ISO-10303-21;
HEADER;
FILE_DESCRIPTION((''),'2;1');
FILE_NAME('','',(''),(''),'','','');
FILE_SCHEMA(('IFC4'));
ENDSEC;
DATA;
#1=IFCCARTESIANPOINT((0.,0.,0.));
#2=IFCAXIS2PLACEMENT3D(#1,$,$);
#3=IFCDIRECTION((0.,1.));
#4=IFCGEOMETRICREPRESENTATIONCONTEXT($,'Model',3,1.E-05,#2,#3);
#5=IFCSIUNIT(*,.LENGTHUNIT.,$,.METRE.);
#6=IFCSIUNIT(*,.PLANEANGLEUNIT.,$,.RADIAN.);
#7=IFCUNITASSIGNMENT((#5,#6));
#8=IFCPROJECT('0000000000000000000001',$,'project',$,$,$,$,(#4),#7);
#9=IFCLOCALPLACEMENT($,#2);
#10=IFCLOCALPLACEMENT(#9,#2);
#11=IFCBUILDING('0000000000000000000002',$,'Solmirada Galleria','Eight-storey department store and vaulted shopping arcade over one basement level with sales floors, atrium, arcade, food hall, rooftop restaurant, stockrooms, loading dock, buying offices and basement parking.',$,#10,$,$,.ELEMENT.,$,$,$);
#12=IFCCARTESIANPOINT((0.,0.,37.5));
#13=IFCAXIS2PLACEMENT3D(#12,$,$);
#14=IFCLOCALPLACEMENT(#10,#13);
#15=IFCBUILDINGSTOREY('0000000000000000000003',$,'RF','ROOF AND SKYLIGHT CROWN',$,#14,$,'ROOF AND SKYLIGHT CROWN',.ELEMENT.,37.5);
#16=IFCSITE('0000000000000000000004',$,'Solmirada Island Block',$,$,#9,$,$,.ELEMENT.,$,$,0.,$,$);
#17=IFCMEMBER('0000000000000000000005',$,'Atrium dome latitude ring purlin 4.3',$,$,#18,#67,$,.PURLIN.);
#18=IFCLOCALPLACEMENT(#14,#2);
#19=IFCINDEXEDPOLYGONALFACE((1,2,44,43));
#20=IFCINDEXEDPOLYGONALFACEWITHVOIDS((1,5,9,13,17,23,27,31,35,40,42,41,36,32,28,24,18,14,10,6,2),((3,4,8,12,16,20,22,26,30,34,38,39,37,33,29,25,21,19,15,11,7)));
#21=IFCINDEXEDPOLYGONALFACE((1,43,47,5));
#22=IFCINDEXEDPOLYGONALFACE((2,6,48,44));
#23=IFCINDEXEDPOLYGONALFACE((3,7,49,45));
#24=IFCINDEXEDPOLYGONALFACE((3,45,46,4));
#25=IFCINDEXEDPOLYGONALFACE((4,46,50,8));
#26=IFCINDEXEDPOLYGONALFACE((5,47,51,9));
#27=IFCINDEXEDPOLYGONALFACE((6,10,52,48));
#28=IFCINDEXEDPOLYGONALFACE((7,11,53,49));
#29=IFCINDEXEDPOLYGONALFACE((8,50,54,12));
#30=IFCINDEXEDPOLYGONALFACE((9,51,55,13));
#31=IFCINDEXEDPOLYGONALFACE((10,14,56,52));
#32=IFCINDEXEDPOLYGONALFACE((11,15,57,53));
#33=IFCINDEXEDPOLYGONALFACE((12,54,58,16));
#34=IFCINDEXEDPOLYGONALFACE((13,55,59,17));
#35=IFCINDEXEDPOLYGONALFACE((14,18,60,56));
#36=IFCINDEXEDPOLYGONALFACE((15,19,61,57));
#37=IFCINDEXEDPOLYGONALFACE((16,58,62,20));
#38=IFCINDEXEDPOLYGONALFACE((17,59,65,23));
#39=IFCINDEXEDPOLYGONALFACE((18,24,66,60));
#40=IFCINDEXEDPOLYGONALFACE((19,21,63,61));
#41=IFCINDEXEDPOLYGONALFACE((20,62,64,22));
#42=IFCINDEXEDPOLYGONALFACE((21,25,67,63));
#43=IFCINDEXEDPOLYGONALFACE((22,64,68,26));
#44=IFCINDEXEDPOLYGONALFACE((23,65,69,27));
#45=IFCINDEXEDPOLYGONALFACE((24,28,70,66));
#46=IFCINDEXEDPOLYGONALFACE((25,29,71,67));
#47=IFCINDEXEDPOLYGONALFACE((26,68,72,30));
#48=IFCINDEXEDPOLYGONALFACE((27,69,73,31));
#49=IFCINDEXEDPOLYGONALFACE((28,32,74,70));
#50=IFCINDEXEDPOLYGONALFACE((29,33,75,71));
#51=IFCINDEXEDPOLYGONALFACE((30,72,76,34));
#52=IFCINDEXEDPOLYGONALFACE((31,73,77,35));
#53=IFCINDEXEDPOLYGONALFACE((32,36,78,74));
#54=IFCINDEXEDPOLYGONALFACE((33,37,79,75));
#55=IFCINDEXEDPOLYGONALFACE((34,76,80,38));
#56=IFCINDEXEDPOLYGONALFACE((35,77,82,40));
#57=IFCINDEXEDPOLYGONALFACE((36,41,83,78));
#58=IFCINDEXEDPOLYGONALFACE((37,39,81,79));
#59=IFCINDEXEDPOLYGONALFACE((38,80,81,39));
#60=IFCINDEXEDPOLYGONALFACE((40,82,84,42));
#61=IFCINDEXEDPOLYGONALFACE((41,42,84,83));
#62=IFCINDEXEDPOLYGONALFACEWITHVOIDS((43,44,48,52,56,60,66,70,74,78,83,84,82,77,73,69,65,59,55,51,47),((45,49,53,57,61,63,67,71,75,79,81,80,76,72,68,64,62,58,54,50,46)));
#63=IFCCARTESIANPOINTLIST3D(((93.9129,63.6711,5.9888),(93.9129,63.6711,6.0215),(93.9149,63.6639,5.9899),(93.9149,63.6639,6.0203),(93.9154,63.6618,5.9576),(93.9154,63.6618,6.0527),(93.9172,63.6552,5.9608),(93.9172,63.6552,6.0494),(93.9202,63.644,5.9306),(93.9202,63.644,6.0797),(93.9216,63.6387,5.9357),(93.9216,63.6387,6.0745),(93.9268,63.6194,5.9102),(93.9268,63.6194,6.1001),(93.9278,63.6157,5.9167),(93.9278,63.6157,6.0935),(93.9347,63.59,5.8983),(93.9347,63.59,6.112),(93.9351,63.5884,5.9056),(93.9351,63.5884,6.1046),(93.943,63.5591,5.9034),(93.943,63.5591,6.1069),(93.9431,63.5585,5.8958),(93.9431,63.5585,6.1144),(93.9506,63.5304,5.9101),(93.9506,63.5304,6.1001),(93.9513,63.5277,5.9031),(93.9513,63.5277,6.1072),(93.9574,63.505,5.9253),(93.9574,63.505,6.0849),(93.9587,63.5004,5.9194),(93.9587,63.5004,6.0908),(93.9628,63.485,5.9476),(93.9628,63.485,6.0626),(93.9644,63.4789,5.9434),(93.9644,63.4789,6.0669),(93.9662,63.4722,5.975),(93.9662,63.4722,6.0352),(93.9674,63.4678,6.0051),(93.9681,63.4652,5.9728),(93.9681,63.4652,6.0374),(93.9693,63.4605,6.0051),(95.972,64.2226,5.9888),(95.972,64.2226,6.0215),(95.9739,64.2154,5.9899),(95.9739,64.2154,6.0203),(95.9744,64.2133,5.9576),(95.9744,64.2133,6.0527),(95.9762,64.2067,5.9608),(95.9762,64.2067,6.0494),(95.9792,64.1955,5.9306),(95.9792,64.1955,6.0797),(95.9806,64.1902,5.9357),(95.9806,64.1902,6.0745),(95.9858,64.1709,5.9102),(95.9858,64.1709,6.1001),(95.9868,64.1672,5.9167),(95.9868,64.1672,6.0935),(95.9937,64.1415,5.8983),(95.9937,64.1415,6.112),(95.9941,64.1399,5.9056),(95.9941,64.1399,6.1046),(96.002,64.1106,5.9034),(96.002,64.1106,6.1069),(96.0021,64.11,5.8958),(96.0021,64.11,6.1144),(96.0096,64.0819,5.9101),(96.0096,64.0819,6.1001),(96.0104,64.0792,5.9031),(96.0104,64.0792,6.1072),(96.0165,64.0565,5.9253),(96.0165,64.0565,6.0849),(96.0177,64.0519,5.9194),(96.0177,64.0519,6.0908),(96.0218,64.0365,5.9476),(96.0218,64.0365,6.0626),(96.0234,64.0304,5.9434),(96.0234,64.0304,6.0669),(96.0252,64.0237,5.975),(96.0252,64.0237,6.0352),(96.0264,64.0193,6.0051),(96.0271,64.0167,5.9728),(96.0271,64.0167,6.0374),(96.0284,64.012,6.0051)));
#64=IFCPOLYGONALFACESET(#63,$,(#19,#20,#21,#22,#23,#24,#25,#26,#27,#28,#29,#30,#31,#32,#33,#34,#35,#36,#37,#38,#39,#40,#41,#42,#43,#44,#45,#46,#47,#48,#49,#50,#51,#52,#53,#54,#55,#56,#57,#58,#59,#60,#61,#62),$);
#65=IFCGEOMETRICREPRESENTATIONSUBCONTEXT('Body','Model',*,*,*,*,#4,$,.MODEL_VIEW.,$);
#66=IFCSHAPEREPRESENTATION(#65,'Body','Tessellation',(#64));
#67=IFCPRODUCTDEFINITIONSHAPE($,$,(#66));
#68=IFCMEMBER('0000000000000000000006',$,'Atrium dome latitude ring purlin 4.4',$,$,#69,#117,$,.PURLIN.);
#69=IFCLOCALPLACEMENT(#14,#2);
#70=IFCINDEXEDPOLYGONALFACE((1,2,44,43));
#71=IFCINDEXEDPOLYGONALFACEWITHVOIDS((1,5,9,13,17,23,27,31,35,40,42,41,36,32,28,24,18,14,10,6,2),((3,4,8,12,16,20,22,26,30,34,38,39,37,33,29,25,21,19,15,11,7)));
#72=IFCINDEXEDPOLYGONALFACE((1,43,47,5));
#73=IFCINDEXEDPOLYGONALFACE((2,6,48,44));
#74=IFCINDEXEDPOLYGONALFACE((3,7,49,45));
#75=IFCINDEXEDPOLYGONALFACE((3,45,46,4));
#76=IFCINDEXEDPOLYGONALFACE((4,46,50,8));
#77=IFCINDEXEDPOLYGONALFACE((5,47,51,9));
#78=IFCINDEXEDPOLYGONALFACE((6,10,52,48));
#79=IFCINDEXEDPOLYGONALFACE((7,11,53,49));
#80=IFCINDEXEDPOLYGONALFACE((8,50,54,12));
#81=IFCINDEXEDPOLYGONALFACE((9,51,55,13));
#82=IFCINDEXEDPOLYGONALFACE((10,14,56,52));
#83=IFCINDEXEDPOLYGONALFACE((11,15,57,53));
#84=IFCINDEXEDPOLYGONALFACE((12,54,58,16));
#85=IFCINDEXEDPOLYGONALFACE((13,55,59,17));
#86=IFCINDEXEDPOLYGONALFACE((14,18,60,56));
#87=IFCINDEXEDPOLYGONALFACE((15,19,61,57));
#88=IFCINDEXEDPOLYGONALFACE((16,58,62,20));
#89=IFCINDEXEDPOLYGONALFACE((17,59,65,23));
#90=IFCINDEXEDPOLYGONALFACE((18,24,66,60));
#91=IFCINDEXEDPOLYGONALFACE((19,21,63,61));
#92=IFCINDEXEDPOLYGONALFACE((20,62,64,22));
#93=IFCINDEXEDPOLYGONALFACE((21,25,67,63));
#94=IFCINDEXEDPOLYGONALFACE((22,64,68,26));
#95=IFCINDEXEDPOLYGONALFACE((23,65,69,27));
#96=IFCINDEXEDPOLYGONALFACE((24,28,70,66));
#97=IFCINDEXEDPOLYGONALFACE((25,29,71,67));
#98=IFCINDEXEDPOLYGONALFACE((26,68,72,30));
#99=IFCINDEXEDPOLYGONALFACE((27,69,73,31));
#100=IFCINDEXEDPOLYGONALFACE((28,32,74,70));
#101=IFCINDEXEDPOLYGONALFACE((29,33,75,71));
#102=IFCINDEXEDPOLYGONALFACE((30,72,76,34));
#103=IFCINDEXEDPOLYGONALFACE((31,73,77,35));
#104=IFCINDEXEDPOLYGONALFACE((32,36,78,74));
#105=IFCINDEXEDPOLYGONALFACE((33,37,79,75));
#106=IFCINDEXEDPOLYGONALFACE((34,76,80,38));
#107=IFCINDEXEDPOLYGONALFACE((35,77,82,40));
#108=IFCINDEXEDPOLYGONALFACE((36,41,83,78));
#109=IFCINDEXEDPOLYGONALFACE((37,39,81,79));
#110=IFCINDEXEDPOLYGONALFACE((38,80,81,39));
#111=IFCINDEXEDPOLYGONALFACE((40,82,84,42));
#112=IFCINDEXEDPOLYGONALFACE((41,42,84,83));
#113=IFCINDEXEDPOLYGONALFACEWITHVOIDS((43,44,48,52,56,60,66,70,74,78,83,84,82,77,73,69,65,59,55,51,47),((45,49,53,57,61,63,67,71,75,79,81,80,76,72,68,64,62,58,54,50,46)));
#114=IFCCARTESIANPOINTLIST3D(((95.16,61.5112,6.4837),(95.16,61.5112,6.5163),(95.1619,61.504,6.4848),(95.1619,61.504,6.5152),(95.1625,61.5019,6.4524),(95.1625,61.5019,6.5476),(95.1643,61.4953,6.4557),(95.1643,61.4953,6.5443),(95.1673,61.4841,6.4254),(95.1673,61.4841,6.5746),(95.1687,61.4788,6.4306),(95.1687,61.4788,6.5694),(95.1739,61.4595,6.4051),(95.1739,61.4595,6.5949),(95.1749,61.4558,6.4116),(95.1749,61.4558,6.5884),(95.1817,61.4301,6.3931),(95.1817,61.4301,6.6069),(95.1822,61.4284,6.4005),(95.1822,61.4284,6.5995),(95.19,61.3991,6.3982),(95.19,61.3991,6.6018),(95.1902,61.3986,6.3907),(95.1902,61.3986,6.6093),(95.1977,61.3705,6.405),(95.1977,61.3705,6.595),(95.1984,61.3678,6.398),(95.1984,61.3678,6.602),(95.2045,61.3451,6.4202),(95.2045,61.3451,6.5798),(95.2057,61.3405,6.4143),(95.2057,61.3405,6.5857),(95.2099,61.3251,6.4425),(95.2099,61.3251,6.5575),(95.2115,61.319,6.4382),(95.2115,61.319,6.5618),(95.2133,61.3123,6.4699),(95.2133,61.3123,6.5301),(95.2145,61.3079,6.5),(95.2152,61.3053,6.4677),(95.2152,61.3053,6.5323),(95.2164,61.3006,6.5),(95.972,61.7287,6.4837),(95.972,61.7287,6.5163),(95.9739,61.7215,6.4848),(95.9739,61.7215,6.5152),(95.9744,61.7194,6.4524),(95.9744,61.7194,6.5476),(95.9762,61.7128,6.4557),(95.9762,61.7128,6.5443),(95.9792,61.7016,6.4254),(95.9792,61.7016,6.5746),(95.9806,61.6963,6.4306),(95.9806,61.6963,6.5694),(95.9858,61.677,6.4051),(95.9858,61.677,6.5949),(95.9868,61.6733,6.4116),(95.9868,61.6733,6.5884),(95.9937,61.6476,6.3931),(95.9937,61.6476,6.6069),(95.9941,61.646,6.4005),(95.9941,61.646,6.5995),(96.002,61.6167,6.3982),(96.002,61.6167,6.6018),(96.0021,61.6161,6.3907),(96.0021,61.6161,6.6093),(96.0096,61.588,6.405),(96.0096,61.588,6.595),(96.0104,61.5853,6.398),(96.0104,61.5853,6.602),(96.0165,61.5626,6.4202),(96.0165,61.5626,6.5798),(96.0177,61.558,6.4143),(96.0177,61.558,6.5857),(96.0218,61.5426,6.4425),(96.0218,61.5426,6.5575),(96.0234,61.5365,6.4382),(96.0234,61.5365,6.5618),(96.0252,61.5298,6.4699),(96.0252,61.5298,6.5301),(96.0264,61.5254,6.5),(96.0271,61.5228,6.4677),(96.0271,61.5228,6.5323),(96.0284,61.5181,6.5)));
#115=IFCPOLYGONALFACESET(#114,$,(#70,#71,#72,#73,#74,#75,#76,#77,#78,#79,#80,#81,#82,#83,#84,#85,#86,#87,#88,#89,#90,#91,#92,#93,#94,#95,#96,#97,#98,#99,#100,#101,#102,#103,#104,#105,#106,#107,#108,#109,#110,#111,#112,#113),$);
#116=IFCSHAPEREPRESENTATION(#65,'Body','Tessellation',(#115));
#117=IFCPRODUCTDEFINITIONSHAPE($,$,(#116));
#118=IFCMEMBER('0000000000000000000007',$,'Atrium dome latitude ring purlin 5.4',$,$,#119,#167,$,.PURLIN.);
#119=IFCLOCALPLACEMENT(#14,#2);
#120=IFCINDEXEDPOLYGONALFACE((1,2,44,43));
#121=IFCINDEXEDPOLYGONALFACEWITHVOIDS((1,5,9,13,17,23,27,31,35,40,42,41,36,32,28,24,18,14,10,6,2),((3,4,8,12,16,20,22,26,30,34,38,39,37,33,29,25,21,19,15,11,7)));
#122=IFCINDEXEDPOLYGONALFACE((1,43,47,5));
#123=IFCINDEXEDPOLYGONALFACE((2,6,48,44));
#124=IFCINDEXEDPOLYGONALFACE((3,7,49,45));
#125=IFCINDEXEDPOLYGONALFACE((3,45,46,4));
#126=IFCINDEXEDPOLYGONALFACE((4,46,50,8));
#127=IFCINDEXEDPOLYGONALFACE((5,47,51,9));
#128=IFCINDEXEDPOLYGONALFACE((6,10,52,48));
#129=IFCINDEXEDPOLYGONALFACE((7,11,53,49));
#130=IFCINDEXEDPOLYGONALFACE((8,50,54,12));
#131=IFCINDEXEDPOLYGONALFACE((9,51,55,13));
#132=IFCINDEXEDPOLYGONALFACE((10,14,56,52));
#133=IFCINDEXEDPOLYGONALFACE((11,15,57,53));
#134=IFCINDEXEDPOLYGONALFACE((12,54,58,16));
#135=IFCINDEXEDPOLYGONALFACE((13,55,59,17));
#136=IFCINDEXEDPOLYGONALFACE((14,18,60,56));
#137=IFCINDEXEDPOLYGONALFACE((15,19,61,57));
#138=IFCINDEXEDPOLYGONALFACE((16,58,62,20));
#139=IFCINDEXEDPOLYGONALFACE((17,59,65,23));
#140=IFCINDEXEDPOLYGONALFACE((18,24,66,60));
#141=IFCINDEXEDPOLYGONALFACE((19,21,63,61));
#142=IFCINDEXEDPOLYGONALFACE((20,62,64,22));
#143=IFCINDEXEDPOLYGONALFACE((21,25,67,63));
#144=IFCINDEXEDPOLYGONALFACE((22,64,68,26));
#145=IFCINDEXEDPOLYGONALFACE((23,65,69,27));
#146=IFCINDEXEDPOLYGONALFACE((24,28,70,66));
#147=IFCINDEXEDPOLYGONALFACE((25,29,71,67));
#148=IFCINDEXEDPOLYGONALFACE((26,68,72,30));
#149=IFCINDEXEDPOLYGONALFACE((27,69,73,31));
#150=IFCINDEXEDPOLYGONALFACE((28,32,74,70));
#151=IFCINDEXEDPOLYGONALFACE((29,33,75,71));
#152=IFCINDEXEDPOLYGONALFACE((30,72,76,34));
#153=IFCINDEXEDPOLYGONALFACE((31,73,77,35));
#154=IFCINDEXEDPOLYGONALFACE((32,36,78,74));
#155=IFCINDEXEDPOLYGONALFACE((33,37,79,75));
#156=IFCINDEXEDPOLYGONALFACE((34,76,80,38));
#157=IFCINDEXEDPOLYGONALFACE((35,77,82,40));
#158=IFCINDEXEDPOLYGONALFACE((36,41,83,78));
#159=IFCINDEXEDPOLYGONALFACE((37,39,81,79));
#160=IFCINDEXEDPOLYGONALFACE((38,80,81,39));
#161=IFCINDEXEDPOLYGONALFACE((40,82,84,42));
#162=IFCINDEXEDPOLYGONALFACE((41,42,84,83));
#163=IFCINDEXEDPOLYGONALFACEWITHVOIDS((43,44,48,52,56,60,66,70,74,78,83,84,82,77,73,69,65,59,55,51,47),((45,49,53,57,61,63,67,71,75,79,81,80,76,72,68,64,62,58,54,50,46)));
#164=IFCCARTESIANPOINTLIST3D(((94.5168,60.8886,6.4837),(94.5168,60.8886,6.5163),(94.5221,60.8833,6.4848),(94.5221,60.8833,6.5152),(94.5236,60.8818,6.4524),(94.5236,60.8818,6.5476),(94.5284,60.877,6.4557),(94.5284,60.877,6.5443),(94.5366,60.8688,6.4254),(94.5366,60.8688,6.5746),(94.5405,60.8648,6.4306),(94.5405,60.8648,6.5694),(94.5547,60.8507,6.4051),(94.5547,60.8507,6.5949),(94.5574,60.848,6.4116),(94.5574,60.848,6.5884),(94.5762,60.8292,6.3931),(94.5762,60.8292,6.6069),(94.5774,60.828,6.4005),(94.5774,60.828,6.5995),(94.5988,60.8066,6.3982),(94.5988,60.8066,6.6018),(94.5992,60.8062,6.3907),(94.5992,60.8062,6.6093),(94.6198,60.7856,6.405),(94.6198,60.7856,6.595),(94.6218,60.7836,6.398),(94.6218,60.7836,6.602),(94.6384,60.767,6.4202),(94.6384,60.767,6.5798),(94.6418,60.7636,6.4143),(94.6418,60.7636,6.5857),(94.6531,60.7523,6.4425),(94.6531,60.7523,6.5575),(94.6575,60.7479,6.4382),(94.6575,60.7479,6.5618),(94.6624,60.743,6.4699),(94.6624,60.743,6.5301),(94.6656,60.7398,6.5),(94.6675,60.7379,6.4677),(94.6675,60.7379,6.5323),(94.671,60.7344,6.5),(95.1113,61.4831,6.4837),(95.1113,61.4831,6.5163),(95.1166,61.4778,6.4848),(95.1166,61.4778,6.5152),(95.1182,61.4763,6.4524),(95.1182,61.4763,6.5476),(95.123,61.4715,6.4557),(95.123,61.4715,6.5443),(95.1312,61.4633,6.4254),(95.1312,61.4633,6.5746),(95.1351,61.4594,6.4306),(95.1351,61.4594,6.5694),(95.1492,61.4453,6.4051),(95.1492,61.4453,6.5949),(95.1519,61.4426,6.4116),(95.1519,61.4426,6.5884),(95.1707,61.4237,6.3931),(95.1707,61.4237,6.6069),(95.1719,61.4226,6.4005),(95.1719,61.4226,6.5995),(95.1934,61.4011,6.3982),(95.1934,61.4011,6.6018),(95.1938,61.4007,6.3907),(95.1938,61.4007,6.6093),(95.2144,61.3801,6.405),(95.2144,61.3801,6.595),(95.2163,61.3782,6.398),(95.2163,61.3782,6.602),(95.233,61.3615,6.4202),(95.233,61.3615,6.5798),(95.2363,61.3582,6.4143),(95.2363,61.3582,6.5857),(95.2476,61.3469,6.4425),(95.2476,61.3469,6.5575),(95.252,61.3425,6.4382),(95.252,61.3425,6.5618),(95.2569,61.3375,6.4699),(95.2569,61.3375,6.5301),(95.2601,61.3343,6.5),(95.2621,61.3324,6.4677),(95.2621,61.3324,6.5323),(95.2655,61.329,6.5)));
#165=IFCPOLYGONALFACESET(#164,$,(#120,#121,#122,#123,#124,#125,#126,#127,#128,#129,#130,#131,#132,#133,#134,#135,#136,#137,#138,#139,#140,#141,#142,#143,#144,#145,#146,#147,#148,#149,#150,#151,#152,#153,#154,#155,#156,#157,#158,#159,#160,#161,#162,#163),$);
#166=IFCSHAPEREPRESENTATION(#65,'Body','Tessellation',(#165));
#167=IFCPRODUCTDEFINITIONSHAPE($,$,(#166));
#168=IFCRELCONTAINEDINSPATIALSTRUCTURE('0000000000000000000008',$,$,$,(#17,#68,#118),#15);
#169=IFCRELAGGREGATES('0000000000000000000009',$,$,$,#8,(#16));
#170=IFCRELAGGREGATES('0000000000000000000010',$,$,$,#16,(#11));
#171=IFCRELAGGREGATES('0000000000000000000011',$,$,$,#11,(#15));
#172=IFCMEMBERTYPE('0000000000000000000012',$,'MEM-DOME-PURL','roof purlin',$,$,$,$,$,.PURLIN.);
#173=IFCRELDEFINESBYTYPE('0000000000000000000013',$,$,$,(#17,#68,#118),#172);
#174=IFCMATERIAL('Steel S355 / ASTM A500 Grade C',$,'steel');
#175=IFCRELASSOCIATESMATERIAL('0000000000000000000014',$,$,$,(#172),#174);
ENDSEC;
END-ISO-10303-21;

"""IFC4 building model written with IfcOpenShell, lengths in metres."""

from ifc_helpers import new_model, si_unit, direction, frame, origin, origin_2d, place, context, subcontext, project, spatial, hollow_circle, extrude, material, material_profile, profile_set, type_object, element, save


model = new_model("IFC4")

# Units and contexts
model_context = context("Model", 3, precision=1e-05, world=origin(), true_north=direction((0.0, 1.0)))
body_context = subcontext(model_context, "Body", "Model", "MODEL_VIEW")
ifc_project = project(units=[si_unit("LENGTHUNIT", "METRE"), si_unit("PLANEANGLEUNIT", "RADIAN")], contexts=[model_context])

# Site, building, storey
site_placement = place(None, origin())
site = spatial("IfcSite", under=ifc_project, at=site_placement, Name="Solmirada Island Block", CompositionType="ELEMENT", RefElevation=0.0)
building_placement = place(site_placement, origin())
building = spatial("IfcBuilding", under=site, at=building_placement, Name="Solmirada Galleria", Description="Eight-storey department store and vaulted shopping arcade over one basement level with sales floors, atrium, arcade, food hall, rooftop restaurant, stockrooms, loading dock, buying offices and basement parking.", CompositionType="ELEMENT")
storey_placement = place(building_placement, frame((0.0, 0.0, 37.5)))
storey = spatial("IfcBuildingStorey", under=building, at=storey_placement, Name="RF", Description="ROOF AND SKYLIGHT CROWN", LongName="ROOF AND SKYLIGHT CROWN", CompositionType="ELEMENT", Elevation=37.5)

# Members
ifc_material_1 = material(Name="Steel S355 / ASTM A500 Grade C", Category="steel")
ifc_material_profile_1 = material_profile(ifc_material_1, hollow_circle(Radius=0.1096, WallThickness=0.0076, at=origin_2d()), Name="HSS8.625X0.322")
ifc_profile_set_1 = profile_set([ifc_material_profile_1], Name="Steel S355 / ASTM A500 Grade C")
member_type_1 = type_object("IfcMemberType", Name="MEM-DOME-PURL", Description="roof purlin", PredefinedType="PURLIN", material=ifc_profile_set_1)
member_1_placement = place(storey_placement, frame((96.0, 64.1179, 6.0051), z_axis=(-0.965951, -0.258725, 0.0), x_axis=(0.258725, -0.965951, 0.0)))
element("IfcMember", 1, at=member_1_placement, inside=storey, type_object=member_type_1, Name="Atrium dome latitude ring purlin 4.3", PredefinedType="PURLIN", context=body_context, shape_type="SweptSolid", body=[
    extrude(hollow_circle(Radius=0.1096, WallThickness=0.0076, at=origin_2d()), origin(), (0.0, 0.0, 1.0), 2.1316),
])
member_2_placement = place(storey_placement, frame((96.0, 61.624, 6.5), z_axis=(-0.96594, -0.258765, 0.0), x_axis=(0.258765, -0.96594, 0.0)))
element("IfcMember", 2, at=member_2_placement, inside=storey, type_object=member_type_1, Name="Atrium dome latitude ring purlin 4.4", PredefinedType="PURLIN", context=body_context, shape_type="SweptSolid", body=[
    extrude(hollow_circle(Radius=0.1096, WallThickness=0.0076, at=origin_2d()), origin(), (0.0, 0.0, 1.0), 0.8406),
])
member_3_placement = place(storey_placement, frame((95.188, 61.4065, 6.5), z_axis=(-0.707107, -0.707107, 0.0), x_axis=(0.707107, -0.707107, 0.0)))
element("IfcMember", 3, at=member_3_placement, inside=storey, type_object=member_type_1, Name="Atrium dome latitude ring purlin 5.4", PredefinedType="PURLIN", context=body_context, shape_type="SweptSolid", body=[
    extrude(hollow_circle(Radius=0.1096, WallThickness=0.0076, at=origin_2d()), origin(), (0.0, 0.0, 1.0), 0.8408),
])

save(model, "model.ifc")
